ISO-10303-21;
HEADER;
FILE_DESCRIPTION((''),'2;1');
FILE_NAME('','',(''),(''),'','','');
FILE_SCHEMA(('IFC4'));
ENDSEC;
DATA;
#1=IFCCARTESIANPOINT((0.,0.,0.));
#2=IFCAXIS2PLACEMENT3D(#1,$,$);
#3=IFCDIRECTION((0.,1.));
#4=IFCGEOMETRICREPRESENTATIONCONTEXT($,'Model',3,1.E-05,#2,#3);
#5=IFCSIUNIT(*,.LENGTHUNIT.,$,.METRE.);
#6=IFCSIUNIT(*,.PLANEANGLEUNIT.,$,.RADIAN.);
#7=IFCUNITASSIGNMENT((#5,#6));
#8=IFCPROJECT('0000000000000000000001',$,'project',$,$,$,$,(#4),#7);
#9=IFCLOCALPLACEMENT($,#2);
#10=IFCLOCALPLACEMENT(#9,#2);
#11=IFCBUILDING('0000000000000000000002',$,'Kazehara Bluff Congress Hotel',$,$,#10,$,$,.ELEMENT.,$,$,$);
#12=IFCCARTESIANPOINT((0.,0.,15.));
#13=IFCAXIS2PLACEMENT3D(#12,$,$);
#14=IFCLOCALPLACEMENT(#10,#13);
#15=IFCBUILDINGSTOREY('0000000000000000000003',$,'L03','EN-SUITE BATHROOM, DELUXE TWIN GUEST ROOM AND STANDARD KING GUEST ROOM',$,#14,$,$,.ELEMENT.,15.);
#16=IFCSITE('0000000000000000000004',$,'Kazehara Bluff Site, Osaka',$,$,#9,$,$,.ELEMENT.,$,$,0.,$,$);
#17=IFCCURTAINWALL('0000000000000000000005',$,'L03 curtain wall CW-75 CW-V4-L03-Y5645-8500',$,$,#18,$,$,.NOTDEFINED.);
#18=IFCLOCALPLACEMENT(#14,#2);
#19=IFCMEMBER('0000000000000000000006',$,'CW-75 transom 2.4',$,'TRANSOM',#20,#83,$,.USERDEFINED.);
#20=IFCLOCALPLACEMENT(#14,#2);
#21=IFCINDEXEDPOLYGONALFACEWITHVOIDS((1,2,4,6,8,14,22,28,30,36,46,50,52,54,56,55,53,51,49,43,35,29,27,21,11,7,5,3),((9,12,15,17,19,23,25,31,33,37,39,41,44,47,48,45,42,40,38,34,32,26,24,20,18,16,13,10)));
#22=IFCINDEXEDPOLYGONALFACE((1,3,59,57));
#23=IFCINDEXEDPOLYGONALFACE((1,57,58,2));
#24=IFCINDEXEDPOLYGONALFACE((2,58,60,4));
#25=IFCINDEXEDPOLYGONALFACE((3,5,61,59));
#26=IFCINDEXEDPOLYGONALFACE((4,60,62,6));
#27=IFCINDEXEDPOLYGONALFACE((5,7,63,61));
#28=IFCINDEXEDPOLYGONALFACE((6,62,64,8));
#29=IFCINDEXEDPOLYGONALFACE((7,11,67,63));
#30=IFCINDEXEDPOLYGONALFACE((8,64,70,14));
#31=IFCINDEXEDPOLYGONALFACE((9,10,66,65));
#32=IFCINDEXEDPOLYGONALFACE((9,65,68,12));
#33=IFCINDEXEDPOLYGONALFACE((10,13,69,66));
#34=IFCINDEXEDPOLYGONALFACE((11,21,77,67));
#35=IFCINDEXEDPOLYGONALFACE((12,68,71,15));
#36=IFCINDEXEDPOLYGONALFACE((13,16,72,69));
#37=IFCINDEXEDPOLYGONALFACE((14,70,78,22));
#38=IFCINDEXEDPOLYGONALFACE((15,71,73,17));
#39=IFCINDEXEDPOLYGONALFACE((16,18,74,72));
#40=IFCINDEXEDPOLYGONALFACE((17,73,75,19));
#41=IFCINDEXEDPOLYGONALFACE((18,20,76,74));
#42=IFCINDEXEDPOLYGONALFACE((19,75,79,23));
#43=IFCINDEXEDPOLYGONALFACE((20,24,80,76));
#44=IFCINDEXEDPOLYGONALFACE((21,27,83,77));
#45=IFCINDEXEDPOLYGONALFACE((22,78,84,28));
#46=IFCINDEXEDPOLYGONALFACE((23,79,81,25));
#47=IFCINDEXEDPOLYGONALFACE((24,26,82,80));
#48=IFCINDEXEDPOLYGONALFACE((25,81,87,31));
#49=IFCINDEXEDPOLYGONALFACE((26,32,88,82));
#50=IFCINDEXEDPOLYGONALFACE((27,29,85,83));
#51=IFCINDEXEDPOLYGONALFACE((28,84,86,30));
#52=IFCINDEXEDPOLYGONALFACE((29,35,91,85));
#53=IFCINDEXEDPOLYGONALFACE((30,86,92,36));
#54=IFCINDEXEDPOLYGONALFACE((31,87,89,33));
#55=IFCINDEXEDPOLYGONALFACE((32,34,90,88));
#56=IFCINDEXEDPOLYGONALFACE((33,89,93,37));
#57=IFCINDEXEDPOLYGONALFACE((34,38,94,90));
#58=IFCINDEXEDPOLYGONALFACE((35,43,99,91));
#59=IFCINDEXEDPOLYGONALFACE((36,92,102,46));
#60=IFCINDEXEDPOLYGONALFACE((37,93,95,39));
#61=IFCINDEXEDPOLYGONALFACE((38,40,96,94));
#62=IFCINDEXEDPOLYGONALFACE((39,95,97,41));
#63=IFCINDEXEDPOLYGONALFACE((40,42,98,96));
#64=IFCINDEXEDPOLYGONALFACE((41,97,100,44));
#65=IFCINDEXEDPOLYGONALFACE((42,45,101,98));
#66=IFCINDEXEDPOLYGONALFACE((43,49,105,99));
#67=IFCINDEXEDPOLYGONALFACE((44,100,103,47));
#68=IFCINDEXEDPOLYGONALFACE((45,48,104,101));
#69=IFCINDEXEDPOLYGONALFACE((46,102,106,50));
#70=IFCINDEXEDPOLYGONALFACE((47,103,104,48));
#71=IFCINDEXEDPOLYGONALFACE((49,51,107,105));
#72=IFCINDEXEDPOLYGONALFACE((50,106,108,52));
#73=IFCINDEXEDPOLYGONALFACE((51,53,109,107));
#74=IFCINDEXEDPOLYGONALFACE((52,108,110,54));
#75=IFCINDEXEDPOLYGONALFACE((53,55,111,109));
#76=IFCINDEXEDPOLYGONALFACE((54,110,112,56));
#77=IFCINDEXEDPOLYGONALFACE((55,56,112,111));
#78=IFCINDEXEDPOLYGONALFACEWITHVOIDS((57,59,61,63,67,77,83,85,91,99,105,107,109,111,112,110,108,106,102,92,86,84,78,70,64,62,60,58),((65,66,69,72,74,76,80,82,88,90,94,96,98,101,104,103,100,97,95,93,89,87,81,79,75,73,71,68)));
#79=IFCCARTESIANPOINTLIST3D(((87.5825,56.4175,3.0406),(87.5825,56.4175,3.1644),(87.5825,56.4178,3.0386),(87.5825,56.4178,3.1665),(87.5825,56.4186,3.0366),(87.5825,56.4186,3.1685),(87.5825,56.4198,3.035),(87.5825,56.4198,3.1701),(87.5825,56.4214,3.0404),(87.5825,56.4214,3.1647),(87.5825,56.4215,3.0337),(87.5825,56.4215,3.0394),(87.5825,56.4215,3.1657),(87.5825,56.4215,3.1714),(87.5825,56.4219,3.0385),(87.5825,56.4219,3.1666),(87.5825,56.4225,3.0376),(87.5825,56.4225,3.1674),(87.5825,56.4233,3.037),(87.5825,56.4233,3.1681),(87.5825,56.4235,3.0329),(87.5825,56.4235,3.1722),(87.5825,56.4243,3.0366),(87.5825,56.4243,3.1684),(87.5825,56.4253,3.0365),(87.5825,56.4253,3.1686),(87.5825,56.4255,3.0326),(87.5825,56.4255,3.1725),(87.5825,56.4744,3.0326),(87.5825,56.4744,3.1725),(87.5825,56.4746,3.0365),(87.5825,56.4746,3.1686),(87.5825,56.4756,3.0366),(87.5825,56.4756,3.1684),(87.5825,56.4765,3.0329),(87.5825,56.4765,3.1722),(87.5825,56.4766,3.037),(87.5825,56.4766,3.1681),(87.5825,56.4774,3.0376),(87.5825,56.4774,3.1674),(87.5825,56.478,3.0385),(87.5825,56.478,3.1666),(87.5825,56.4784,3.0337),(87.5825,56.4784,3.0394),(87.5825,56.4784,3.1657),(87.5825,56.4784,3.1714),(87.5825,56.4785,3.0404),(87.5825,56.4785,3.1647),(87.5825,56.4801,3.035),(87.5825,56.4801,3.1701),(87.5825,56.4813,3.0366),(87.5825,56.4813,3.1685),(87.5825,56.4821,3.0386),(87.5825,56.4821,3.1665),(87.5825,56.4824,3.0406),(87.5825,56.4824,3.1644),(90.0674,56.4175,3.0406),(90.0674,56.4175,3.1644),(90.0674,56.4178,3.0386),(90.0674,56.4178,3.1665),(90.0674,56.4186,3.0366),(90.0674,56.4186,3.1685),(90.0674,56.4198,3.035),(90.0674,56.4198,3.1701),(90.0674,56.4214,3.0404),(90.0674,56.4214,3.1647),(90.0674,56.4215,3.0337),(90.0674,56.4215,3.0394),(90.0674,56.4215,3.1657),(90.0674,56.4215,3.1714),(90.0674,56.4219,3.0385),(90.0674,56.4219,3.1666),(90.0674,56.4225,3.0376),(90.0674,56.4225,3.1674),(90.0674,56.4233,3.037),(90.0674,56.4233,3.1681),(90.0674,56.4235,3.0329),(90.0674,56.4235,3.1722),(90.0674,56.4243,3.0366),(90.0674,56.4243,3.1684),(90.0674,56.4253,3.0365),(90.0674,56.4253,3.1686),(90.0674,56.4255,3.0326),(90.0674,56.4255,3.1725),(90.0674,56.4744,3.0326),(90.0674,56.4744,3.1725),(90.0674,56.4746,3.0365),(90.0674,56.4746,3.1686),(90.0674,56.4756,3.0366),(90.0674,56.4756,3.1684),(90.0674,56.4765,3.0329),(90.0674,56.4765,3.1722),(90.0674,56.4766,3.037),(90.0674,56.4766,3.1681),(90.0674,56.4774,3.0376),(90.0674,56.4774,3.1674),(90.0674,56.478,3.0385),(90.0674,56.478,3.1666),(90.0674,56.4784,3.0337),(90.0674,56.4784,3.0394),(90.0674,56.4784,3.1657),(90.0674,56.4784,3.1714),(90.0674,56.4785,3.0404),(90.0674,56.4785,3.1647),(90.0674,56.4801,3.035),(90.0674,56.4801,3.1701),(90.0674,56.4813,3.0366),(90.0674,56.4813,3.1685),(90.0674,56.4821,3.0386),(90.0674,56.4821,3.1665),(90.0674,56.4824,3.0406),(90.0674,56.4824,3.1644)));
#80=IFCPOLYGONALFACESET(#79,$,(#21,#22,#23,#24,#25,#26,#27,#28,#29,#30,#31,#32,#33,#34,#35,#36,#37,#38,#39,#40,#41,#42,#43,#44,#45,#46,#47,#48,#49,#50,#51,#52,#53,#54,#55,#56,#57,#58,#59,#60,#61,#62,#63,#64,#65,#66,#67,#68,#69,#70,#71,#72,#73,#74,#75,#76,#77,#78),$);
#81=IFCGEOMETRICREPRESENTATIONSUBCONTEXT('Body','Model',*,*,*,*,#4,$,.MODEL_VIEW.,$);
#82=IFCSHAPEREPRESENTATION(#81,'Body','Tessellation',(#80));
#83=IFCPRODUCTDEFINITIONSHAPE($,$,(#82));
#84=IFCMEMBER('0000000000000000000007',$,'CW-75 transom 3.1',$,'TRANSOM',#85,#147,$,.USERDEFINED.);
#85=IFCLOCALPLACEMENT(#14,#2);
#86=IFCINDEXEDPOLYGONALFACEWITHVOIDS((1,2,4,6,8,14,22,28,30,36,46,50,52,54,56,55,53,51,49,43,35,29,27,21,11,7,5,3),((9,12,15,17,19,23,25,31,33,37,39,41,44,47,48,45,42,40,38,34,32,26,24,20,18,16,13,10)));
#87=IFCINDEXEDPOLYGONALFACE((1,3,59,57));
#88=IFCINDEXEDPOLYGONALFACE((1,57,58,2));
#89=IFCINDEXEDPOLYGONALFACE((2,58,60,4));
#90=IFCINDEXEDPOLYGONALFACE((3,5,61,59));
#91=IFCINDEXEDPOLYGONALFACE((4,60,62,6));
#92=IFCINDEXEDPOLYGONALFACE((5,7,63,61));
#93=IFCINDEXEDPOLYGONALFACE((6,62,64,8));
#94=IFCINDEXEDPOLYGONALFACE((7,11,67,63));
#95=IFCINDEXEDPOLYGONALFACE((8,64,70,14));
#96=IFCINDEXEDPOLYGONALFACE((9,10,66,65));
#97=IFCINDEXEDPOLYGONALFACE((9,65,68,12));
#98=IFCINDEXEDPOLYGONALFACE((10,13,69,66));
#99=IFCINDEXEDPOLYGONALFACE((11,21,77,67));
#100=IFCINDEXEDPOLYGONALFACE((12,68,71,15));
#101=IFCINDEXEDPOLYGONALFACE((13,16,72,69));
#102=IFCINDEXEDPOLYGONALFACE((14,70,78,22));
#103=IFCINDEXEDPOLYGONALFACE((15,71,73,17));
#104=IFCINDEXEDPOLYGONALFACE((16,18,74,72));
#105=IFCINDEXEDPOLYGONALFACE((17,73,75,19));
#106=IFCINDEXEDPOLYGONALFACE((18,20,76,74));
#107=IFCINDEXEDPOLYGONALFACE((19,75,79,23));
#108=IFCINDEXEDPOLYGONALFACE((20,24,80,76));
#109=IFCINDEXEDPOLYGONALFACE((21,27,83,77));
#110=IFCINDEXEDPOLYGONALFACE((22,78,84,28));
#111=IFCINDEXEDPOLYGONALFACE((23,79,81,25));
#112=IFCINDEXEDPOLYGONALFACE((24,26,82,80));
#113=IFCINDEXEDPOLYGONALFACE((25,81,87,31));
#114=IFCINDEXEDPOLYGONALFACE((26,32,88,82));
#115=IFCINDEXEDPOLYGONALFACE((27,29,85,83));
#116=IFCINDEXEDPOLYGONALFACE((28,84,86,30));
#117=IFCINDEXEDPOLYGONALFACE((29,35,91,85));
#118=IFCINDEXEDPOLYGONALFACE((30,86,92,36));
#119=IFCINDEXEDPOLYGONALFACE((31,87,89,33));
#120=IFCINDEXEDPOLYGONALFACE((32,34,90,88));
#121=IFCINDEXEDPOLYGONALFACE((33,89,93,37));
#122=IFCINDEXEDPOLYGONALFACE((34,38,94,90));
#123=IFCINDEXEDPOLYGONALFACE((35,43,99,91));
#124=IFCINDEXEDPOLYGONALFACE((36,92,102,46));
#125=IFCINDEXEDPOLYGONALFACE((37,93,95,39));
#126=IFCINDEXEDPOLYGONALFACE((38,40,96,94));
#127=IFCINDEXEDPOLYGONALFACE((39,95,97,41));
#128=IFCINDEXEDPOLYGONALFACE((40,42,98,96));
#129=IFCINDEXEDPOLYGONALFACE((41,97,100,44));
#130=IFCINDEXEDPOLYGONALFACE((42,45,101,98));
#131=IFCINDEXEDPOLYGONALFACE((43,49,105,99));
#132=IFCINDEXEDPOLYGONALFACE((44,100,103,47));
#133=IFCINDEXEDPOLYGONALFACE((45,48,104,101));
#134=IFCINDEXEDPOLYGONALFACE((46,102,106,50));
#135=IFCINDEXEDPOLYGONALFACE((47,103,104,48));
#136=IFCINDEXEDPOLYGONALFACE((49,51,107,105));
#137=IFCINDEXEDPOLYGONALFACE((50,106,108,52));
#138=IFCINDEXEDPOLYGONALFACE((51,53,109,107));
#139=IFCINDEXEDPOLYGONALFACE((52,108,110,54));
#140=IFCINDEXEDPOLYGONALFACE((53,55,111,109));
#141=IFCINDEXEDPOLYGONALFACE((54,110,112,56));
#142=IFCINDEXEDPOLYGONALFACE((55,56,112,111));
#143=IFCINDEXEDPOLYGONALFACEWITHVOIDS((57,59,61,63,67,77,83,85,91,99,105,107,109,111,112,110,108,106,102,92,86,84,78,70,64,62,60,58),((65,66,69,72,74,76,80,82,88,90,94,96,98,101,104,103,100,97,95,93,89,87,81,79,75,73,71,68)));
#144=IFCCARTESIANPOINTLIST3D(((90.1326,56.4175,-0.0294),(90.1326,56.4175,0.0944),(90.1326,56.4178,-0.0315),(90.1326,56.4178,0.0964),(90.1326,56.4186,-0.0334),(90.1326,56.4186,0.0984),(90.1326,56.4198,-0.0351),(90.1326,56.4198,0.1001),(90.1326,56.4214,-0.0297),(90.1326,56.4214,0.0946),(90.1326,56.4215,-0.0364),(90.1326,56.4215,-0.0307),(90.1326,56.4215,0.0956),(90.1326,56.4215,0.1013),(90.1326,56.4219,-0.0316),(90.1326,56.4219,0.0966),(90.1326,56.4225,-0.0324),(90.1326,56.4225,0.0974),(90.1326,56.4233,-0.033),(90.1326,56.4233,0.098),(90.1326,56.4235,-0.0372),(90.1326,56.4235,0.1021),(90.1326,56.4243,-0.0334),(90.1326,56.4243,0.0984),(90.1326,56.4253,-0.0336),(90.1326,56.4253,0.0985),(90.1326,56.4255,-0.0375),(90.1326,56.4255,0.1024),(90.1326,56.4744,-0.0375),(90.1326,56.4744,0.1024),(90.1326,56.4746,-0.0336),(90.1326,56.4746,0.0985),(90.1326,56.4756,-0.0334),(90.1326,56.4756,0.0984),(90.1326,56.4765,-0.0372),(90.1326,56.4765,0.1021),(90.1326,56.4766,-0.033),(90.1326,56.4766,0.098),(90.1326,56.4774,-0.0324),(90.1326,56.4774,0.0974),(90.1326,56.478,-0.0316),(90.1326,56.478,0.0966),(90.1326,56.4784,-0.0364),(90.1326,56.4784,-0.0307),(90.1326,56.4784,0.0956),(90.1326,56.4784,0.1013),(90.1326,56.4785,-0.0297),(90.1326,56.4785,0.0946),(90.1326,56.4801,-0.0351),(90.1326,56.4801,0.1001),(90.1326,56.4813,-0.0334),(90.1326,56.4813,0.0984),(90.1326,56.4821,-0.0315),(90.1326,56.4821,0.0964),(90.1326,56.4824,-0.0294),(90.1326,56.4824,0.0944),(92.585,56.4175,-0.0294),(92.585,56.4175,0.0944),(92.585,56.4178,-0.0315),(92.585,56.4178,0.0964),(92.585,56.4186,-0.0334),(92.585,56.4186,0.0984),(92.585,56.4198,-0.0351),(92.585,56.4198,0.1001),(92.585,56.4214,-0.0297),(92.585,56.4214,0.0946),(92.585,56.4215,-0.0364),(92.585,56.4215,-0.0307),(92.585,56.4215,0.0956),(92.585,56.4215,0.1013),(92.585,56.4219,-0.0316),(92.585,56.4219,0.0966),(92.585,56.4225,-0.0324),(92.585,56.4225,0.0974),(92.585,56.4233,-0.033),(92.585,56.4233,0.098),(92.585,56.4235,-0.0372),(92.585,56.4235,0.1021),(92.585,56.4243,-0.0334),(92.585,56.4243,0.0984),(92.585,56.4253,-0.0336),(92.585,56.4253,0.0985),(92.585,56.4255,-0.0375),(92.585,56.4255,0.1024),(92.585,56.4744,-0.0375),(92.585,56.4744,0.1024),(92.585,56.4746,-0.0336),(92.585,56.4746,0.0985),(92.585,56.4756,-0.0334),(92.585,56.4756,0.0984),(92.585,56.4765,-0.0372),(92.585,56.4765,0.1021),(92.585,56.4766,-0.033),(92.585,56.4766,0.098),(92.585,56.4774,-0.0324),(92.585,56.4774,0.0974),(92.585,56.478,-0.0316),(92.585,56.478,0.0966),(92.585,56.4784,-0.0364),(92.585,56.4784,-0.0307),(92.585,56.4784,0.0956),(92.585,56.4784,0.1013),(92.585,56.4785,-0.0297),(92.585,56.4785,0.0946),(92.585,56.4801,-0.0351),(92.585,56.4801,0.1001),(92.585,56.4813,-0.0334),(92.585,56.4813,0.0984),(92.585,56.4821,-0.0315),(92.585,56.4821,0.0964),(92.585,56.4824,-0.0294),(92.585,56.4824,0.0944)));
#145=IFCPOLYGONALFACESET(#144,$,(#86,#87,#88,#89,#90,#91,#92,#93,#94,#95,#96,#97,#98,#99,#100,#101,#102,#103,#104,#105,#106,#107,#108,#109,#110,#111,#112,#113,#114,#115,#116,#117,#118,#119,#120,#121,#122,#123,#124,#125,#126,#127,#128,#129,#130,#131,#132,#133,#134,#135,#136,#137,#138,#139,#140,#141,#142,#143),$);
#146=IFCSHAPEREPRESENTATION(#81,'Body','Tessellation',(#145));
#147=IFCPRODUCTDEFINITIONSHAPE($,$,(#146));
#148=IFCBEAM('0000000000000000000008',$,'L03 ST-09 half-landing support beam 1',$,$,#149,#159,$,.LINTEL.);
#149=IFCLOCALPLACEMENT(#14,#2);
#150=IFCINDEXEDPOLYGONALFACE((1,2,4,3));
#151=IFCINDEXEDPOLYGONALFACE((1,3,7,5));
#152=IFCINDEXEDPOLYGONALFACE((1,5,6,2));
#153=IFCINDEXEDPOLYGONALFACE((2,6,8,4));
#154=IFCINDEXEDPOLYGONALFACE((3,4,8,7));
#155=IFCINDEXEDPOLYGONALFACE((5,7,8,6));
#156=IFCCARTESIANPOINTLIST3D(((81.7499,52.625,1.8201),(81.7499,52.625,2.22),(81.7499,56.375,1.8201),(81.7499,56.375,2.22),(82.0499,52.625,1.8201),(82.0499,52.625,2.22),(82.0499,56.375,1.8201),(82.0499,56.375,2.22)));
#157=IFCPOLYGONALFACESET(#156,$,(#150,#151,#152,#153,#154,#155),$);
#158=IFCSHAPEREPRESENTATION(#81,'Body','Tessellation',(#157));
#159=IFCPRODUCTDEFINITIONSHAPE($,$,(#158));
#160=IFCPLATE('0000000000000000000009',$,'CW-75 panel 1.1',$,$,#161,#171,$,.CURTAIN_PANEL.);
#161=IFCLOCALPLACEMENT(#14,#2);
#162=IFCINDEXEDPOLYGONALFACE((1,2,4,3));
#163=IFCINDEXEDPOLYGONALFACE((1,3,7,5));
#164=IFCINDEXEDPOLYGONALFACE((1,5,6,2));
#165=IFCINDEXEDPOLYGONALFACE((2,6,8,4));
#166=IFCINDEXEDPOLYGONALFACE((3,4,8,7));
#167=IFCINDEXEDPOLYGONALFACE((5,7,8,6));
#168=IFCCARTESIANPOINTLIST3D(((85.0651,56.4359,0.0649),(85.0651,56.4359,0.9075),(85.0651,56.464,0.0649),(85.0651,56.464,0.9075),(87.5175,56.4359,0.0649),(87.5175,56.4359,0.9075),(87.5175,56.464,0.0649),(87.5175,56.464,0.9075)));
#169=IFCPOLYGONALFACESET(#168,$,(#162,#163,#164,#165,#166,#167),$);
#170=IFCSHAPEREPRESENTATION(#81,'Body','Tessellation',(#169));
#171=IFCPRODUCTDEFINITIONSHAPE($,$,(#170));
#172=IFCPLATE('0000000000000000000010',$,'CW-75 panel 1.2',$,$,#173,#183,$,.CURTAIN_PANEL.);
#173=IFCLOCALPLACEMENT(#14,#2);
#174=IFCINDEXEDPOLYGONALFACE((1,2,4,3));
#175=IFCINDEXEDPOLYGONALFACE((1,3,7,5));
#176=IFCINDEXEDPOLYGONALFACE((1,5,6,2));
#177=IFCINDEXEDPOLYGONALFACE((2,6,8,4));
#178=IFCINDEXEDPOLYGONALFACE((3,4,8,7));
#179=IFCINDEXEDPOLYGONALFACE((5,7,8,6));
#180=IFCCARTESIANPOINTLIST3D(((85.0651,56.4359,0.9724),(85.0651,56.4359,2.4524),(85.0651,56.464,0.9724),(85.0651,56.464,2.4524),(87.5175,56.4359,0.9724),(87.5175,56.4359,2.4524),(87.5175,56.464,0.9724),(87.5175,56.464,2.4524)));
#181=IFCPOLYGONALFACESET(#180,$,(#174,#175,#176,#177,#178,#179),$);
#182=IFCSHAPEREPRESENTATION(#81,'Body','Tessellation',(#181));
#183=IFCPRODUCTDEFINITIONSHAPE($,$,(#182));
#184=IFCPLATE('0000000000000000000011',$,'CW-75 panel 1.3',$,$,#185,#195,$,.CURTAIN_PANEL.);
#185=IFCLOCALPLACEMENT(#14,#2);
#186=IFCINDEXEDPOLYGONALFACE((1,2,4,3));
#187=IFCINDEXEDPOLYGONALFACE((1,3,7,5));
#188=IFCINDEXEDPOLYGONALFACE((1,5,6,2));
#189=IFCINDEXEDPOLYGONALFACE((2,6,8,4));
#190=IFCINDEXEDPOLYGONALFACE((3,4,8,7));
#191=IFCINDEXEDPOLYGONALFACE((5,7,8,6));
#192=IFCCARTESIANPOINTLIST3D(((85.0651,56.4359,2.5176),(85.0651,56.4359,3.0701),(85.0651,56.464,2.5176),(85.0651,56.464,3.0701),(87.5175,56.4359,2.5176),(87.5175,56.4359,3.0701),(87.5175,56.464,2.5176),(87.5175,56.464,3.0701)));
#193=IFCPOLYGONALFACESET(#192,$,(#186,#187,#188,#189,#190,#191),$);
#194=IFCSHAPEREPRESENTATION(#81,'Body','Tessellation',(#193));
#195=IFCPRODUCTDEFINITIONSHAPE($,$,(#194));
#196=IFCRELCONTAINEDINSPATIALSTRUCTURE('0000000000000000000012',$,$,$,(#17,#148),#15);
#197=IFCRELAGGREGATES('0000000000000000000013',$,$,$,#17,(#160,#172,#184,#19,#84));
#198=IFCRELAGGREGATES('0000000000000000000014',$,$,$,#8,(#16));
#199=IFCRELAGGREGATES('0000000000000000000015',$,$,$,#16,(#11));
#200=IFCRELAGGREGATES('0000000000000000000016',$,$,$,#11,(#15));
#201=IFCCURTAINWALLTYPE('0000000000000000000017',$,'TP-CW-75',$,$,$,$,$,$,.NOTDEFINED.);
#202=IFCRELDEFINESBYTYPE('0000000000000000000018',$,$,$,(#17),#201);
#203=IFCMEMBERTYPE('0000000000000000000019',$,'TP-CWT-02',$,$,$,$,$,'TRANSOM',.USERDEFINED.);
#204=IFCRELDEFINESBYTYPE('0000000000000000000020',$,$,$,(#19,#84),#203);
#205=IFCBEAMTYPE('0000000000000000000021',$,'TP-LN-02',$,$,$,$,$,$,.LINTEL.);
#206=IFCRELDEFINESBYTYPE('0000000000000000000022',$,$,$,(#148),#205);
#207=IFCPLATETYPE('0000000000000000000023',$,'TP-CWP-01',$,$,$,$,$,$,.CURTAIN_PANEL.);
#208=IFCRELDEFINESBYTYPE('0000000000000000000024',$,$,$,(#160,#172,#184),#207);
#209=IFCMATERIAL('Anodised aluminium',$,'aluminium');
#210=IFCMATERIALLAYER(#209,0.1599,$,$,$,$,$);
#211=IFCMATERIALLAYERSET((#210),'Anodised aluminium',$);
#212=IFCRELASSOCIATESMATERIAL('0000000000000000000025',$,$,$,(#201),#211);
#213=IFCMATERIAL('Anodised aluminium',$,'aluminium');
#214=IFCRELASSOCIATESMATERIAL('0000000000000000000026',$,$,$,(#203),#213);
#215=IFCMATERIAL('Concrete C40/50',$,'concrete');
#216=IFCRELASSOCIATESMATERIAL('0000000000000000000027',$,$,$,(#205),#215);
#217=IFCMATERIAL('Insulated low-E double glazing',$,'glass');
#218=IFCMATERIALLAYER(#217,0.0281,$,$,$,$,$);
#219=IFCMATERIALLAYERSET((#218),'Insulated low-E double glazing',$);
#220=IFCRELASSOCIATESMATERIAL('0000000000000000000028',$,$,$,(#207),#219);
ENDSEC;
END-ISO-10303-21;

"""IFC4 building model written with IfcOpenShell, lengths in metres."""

from ifc_helpers import new_model, si_unit, direction, frame, origin, origin_2d, place, context, subcontext, project, spatial, rectangle, hollow_rectangle, extrude, material, layer, layer_set, material_profile, profile_set, type_object, element, aggregate, save


model = new_model("IFC4")

# Units and contexts
model_context = context("Model", 3, precision=1e-05, world=origin(), true_north=direction((0.0, 1.0)))
body_context = subcontext(model_context, "Body", "Model", "MODEL_VIEW")
ifc_project = project(units=[si_unit("LENGTHUNIT", "METRE"), si_unit("PLANEANGLEUNIT", "RADIAN")], contexts=[model_context])

# Site, building, storey
site_placement = place(None, origin())
site = spatial("IfcSite", under=ifc_project, at=site_placement, Name="Kazehara Bluff Site, Osaka", CompositionType="ELEMENT", RefElevation=0.0)
building_placement = place(site_placement, origin())
building = spatial("IfcBuilding", under=site, at=building_placement, Name="Kazehara Bluff Congress Hotel", CompositionType="ELEMENT")
storey_placement = place(building_placement, frame((0.0, 0.0, 15.0)))
storey = spatial("IfcBuildingStorey", under=building, at=storey_placement, Name="L03", Description="EN-SUITE BATHROOM, DELUXE TWIN GUEST ROOM AND STANDARD KING GUEST ROOM", CompositionType="ELEMENT", Elevation=15.0)

# Curtain wall, members
ifc_material_1 = material(Name="Anodised aluminium", Category="aluminium")
ifc_layer_1 = layer(ifc_material_1, 0.1599)
ifc_layer_set_1 = layer_set([ifc_layer_1], Name="Anodised aluminium")
curtain_wall_type = type_object("IfcCurtainWallType", Name="TP-CW-75", PredefinedType="NOTDEFINED", material=ifc_layer_set_1)
curtain_wall_placement = place(storey_placement, origin())
curtain_wall = element("IfcCurtainWall", 1, at=curtain_wall_placement, inside=storey, type_object=curtain_wall_type, Name="L03 curtain wall CW-75 CW-V4-L03-Y5645-8500", PredefinedType="NOTDEFINED")
ifc_material_2 = material(Name="Anodised aluminium", Category="aluminium")
ifc_material_profile_1 = material_profile(ifc_material_2, hollow_rectangle(XDim=0.0649, YDim=0.1399, WallThickness=0.0039, InnerFilletRadius=0.0039, OuterFilletRadius=0.0081, at=origin_2d()))
ifc_profile_set_1 = profile_set([ifc_material_profile_1], Name="Anodised aluminium")
member_type_1 = type_object("IfcMemberType", Name="TP-CWT-02", ElementType="TRANSOM", PredefinedType="USERDEFINED", material=ifc_profile_set_1)
member_1_placement = place(storey_placement, frame((87.5825, 56.45, 3.1025), z_axis=(1.0, 0.0, 0.0), x_axis=(0.0, 1.0, 0.0)))
member_1 = element("IfcMember", 2, at=member_1_placement, type_object=member_type_1, Name="CW-75 transom 2.4", ObjectType="TRANSOM", PredefinedType="USERDEFINED", context=body_context, shape_type="SweptSolid", body=[
    extrude(hollow_rectangle(XDim=0.0649, YDim=0.1399, WallThickness=0.0039, InnerFilletRadius=0.0039, OuterFilletRadius=0.0081, at=origin_2d()), origin(), (0.0, 0.0, 1.0), 2.4849),
])
member_2_placement = place(storey_placement, frame((90.1326, 56.45, 0.0325), z_axis=(1.0, 0.0, 0.0), x_axis=(0.0, 1.0, 0.0)))
member_2 = element("IfcMember", 3, at=member_2_placement, type_object=member_type_1, Name="CW-75 transom 3.1", ObjectType="TRANSOM", PredefinedType="USERDEFINED", context=body_context, shape_type="SweptSolid", body=[
    extrude(hollow_rectangle(XDim=0.0649, YDim=0.1399, WallThickness=0.0039, InnerFilletRadius=0.0039, OuterFilletRadius=0.0081, at=origin_2d()), origin(), (0.0, 0.0, 1.0), 2.4524),
])

# Beam
ifc_material_3 = material(Name="Concrete C40/50", Category="concrete")
ifc_material_profile_2 = material_profile(ifc_material_3, rectangle(XDim=0.3, YDim=0.3999, at=origin_2d()))
ifc_profile_set_2 = profile_set([ifc_material_profile_2], Name="Concrete C40/50")
beam_type = type_object("IfcBeamType", Name="TP-LN-02", PredefinedType="LINTEL", material=ifc_profile_set_2)
beam_placement = place(storey_placement, frame((81.8999, 52.625, 2.02), z_axis=(0.0, 1.0, 0.0), x_axis=(-1.0, 0.0, 0.0)))
element("IfcBeam", 4, at=beam_placement, inside=storey, type_object=beam_type, Name="L03 ST-09 half-landing support beam 1", PredefinedType="LINTEL", context=body_context, shape_type="SweptSolid", body=[
    extrude(rectangle(XDim=0.3, YDim=0.3999, at=origin_2d()), origin(), (0.0, 0.0, 1.0), 3.75),
])

# Plates
ifc_material_4 = material(Name="Insulated low-E double glazing", Category="glass")
ifc_layer_2 = layer(ifc_material_4, 0.0281)
ifc_layer_set_2 = layer_set([ifc_layer_2], Name="Insulated low-E double glazing")
plate_type = type_object("IfcPlateType", Name="TP-CWP-01", PredefinedType="CURTAIN_PANEL", material=ifc_layer_set_2)
plate_1_placement = place(storey_placement, frame((86.2913, 56.45, 0.0649), z_axis=(0.0, 0.0, 1.0), x_axis=(1.0, 0.0, 0.0)))
plate_1 = element("IfcPlate", 5, at=plate_1_placement, type_object=plate_type, Name="CW-75 panel 1.1", PredefinedType="CURTAIN_PANEL", context=body_context, shape_type="SweptSolid", body=[
    extrude(rectangle(XDim=2.4524, YDim=0.0281, at=origin_2d()), origin(), (0.0, 0.0, 1.0), 0.8425),
])
plate_2_placement = place(storey_placement, frame((86.2913, 56.45, 0.9724), z_axis=(0.0, 0.0, 1.0), x_axis=(1.0, 0.0, 0.0)))
plate_2 = element("IfcPlate", 6, at=plate_2_placement, type_object=plate_type, Name="CW-75 panel 1.2", PredefinedType="CURTAIN_PANEL", context=body_context, shape_type="SweptSolid", body=[
    extrude(rectangle(XDim=2.4524, YDim=0.0281, at=origin_2d()), origin(), (0.0, 0.0, 1.0), 1.48),
])
plate_3_placement = place(storey_placement, frame((86.2913, 56.45, 2.5176), z_axis=(0.0, 0.0, 1.0), x_axis=(1.0, 0.0, 0.0)))
plate_3 = element("IfcPlate", 7, at=plate_3_placement, type_object=plate_type, Name="CW-75 panel 1.3", PredefinedType="CURTAIN_PANEL", context=body_context, shape_type="SweptSolid", body=[
    extrude(rectangle(XDim=2.4524, YDim=0.0281, at=origin_2d()), origin(), (0.0, 0.0, 1.0), 0.5525),
])
aggregate(curtain_wall, [plate_1, plate_2, plate_3, member_1, member_2])

save(model, "model.ifc")
